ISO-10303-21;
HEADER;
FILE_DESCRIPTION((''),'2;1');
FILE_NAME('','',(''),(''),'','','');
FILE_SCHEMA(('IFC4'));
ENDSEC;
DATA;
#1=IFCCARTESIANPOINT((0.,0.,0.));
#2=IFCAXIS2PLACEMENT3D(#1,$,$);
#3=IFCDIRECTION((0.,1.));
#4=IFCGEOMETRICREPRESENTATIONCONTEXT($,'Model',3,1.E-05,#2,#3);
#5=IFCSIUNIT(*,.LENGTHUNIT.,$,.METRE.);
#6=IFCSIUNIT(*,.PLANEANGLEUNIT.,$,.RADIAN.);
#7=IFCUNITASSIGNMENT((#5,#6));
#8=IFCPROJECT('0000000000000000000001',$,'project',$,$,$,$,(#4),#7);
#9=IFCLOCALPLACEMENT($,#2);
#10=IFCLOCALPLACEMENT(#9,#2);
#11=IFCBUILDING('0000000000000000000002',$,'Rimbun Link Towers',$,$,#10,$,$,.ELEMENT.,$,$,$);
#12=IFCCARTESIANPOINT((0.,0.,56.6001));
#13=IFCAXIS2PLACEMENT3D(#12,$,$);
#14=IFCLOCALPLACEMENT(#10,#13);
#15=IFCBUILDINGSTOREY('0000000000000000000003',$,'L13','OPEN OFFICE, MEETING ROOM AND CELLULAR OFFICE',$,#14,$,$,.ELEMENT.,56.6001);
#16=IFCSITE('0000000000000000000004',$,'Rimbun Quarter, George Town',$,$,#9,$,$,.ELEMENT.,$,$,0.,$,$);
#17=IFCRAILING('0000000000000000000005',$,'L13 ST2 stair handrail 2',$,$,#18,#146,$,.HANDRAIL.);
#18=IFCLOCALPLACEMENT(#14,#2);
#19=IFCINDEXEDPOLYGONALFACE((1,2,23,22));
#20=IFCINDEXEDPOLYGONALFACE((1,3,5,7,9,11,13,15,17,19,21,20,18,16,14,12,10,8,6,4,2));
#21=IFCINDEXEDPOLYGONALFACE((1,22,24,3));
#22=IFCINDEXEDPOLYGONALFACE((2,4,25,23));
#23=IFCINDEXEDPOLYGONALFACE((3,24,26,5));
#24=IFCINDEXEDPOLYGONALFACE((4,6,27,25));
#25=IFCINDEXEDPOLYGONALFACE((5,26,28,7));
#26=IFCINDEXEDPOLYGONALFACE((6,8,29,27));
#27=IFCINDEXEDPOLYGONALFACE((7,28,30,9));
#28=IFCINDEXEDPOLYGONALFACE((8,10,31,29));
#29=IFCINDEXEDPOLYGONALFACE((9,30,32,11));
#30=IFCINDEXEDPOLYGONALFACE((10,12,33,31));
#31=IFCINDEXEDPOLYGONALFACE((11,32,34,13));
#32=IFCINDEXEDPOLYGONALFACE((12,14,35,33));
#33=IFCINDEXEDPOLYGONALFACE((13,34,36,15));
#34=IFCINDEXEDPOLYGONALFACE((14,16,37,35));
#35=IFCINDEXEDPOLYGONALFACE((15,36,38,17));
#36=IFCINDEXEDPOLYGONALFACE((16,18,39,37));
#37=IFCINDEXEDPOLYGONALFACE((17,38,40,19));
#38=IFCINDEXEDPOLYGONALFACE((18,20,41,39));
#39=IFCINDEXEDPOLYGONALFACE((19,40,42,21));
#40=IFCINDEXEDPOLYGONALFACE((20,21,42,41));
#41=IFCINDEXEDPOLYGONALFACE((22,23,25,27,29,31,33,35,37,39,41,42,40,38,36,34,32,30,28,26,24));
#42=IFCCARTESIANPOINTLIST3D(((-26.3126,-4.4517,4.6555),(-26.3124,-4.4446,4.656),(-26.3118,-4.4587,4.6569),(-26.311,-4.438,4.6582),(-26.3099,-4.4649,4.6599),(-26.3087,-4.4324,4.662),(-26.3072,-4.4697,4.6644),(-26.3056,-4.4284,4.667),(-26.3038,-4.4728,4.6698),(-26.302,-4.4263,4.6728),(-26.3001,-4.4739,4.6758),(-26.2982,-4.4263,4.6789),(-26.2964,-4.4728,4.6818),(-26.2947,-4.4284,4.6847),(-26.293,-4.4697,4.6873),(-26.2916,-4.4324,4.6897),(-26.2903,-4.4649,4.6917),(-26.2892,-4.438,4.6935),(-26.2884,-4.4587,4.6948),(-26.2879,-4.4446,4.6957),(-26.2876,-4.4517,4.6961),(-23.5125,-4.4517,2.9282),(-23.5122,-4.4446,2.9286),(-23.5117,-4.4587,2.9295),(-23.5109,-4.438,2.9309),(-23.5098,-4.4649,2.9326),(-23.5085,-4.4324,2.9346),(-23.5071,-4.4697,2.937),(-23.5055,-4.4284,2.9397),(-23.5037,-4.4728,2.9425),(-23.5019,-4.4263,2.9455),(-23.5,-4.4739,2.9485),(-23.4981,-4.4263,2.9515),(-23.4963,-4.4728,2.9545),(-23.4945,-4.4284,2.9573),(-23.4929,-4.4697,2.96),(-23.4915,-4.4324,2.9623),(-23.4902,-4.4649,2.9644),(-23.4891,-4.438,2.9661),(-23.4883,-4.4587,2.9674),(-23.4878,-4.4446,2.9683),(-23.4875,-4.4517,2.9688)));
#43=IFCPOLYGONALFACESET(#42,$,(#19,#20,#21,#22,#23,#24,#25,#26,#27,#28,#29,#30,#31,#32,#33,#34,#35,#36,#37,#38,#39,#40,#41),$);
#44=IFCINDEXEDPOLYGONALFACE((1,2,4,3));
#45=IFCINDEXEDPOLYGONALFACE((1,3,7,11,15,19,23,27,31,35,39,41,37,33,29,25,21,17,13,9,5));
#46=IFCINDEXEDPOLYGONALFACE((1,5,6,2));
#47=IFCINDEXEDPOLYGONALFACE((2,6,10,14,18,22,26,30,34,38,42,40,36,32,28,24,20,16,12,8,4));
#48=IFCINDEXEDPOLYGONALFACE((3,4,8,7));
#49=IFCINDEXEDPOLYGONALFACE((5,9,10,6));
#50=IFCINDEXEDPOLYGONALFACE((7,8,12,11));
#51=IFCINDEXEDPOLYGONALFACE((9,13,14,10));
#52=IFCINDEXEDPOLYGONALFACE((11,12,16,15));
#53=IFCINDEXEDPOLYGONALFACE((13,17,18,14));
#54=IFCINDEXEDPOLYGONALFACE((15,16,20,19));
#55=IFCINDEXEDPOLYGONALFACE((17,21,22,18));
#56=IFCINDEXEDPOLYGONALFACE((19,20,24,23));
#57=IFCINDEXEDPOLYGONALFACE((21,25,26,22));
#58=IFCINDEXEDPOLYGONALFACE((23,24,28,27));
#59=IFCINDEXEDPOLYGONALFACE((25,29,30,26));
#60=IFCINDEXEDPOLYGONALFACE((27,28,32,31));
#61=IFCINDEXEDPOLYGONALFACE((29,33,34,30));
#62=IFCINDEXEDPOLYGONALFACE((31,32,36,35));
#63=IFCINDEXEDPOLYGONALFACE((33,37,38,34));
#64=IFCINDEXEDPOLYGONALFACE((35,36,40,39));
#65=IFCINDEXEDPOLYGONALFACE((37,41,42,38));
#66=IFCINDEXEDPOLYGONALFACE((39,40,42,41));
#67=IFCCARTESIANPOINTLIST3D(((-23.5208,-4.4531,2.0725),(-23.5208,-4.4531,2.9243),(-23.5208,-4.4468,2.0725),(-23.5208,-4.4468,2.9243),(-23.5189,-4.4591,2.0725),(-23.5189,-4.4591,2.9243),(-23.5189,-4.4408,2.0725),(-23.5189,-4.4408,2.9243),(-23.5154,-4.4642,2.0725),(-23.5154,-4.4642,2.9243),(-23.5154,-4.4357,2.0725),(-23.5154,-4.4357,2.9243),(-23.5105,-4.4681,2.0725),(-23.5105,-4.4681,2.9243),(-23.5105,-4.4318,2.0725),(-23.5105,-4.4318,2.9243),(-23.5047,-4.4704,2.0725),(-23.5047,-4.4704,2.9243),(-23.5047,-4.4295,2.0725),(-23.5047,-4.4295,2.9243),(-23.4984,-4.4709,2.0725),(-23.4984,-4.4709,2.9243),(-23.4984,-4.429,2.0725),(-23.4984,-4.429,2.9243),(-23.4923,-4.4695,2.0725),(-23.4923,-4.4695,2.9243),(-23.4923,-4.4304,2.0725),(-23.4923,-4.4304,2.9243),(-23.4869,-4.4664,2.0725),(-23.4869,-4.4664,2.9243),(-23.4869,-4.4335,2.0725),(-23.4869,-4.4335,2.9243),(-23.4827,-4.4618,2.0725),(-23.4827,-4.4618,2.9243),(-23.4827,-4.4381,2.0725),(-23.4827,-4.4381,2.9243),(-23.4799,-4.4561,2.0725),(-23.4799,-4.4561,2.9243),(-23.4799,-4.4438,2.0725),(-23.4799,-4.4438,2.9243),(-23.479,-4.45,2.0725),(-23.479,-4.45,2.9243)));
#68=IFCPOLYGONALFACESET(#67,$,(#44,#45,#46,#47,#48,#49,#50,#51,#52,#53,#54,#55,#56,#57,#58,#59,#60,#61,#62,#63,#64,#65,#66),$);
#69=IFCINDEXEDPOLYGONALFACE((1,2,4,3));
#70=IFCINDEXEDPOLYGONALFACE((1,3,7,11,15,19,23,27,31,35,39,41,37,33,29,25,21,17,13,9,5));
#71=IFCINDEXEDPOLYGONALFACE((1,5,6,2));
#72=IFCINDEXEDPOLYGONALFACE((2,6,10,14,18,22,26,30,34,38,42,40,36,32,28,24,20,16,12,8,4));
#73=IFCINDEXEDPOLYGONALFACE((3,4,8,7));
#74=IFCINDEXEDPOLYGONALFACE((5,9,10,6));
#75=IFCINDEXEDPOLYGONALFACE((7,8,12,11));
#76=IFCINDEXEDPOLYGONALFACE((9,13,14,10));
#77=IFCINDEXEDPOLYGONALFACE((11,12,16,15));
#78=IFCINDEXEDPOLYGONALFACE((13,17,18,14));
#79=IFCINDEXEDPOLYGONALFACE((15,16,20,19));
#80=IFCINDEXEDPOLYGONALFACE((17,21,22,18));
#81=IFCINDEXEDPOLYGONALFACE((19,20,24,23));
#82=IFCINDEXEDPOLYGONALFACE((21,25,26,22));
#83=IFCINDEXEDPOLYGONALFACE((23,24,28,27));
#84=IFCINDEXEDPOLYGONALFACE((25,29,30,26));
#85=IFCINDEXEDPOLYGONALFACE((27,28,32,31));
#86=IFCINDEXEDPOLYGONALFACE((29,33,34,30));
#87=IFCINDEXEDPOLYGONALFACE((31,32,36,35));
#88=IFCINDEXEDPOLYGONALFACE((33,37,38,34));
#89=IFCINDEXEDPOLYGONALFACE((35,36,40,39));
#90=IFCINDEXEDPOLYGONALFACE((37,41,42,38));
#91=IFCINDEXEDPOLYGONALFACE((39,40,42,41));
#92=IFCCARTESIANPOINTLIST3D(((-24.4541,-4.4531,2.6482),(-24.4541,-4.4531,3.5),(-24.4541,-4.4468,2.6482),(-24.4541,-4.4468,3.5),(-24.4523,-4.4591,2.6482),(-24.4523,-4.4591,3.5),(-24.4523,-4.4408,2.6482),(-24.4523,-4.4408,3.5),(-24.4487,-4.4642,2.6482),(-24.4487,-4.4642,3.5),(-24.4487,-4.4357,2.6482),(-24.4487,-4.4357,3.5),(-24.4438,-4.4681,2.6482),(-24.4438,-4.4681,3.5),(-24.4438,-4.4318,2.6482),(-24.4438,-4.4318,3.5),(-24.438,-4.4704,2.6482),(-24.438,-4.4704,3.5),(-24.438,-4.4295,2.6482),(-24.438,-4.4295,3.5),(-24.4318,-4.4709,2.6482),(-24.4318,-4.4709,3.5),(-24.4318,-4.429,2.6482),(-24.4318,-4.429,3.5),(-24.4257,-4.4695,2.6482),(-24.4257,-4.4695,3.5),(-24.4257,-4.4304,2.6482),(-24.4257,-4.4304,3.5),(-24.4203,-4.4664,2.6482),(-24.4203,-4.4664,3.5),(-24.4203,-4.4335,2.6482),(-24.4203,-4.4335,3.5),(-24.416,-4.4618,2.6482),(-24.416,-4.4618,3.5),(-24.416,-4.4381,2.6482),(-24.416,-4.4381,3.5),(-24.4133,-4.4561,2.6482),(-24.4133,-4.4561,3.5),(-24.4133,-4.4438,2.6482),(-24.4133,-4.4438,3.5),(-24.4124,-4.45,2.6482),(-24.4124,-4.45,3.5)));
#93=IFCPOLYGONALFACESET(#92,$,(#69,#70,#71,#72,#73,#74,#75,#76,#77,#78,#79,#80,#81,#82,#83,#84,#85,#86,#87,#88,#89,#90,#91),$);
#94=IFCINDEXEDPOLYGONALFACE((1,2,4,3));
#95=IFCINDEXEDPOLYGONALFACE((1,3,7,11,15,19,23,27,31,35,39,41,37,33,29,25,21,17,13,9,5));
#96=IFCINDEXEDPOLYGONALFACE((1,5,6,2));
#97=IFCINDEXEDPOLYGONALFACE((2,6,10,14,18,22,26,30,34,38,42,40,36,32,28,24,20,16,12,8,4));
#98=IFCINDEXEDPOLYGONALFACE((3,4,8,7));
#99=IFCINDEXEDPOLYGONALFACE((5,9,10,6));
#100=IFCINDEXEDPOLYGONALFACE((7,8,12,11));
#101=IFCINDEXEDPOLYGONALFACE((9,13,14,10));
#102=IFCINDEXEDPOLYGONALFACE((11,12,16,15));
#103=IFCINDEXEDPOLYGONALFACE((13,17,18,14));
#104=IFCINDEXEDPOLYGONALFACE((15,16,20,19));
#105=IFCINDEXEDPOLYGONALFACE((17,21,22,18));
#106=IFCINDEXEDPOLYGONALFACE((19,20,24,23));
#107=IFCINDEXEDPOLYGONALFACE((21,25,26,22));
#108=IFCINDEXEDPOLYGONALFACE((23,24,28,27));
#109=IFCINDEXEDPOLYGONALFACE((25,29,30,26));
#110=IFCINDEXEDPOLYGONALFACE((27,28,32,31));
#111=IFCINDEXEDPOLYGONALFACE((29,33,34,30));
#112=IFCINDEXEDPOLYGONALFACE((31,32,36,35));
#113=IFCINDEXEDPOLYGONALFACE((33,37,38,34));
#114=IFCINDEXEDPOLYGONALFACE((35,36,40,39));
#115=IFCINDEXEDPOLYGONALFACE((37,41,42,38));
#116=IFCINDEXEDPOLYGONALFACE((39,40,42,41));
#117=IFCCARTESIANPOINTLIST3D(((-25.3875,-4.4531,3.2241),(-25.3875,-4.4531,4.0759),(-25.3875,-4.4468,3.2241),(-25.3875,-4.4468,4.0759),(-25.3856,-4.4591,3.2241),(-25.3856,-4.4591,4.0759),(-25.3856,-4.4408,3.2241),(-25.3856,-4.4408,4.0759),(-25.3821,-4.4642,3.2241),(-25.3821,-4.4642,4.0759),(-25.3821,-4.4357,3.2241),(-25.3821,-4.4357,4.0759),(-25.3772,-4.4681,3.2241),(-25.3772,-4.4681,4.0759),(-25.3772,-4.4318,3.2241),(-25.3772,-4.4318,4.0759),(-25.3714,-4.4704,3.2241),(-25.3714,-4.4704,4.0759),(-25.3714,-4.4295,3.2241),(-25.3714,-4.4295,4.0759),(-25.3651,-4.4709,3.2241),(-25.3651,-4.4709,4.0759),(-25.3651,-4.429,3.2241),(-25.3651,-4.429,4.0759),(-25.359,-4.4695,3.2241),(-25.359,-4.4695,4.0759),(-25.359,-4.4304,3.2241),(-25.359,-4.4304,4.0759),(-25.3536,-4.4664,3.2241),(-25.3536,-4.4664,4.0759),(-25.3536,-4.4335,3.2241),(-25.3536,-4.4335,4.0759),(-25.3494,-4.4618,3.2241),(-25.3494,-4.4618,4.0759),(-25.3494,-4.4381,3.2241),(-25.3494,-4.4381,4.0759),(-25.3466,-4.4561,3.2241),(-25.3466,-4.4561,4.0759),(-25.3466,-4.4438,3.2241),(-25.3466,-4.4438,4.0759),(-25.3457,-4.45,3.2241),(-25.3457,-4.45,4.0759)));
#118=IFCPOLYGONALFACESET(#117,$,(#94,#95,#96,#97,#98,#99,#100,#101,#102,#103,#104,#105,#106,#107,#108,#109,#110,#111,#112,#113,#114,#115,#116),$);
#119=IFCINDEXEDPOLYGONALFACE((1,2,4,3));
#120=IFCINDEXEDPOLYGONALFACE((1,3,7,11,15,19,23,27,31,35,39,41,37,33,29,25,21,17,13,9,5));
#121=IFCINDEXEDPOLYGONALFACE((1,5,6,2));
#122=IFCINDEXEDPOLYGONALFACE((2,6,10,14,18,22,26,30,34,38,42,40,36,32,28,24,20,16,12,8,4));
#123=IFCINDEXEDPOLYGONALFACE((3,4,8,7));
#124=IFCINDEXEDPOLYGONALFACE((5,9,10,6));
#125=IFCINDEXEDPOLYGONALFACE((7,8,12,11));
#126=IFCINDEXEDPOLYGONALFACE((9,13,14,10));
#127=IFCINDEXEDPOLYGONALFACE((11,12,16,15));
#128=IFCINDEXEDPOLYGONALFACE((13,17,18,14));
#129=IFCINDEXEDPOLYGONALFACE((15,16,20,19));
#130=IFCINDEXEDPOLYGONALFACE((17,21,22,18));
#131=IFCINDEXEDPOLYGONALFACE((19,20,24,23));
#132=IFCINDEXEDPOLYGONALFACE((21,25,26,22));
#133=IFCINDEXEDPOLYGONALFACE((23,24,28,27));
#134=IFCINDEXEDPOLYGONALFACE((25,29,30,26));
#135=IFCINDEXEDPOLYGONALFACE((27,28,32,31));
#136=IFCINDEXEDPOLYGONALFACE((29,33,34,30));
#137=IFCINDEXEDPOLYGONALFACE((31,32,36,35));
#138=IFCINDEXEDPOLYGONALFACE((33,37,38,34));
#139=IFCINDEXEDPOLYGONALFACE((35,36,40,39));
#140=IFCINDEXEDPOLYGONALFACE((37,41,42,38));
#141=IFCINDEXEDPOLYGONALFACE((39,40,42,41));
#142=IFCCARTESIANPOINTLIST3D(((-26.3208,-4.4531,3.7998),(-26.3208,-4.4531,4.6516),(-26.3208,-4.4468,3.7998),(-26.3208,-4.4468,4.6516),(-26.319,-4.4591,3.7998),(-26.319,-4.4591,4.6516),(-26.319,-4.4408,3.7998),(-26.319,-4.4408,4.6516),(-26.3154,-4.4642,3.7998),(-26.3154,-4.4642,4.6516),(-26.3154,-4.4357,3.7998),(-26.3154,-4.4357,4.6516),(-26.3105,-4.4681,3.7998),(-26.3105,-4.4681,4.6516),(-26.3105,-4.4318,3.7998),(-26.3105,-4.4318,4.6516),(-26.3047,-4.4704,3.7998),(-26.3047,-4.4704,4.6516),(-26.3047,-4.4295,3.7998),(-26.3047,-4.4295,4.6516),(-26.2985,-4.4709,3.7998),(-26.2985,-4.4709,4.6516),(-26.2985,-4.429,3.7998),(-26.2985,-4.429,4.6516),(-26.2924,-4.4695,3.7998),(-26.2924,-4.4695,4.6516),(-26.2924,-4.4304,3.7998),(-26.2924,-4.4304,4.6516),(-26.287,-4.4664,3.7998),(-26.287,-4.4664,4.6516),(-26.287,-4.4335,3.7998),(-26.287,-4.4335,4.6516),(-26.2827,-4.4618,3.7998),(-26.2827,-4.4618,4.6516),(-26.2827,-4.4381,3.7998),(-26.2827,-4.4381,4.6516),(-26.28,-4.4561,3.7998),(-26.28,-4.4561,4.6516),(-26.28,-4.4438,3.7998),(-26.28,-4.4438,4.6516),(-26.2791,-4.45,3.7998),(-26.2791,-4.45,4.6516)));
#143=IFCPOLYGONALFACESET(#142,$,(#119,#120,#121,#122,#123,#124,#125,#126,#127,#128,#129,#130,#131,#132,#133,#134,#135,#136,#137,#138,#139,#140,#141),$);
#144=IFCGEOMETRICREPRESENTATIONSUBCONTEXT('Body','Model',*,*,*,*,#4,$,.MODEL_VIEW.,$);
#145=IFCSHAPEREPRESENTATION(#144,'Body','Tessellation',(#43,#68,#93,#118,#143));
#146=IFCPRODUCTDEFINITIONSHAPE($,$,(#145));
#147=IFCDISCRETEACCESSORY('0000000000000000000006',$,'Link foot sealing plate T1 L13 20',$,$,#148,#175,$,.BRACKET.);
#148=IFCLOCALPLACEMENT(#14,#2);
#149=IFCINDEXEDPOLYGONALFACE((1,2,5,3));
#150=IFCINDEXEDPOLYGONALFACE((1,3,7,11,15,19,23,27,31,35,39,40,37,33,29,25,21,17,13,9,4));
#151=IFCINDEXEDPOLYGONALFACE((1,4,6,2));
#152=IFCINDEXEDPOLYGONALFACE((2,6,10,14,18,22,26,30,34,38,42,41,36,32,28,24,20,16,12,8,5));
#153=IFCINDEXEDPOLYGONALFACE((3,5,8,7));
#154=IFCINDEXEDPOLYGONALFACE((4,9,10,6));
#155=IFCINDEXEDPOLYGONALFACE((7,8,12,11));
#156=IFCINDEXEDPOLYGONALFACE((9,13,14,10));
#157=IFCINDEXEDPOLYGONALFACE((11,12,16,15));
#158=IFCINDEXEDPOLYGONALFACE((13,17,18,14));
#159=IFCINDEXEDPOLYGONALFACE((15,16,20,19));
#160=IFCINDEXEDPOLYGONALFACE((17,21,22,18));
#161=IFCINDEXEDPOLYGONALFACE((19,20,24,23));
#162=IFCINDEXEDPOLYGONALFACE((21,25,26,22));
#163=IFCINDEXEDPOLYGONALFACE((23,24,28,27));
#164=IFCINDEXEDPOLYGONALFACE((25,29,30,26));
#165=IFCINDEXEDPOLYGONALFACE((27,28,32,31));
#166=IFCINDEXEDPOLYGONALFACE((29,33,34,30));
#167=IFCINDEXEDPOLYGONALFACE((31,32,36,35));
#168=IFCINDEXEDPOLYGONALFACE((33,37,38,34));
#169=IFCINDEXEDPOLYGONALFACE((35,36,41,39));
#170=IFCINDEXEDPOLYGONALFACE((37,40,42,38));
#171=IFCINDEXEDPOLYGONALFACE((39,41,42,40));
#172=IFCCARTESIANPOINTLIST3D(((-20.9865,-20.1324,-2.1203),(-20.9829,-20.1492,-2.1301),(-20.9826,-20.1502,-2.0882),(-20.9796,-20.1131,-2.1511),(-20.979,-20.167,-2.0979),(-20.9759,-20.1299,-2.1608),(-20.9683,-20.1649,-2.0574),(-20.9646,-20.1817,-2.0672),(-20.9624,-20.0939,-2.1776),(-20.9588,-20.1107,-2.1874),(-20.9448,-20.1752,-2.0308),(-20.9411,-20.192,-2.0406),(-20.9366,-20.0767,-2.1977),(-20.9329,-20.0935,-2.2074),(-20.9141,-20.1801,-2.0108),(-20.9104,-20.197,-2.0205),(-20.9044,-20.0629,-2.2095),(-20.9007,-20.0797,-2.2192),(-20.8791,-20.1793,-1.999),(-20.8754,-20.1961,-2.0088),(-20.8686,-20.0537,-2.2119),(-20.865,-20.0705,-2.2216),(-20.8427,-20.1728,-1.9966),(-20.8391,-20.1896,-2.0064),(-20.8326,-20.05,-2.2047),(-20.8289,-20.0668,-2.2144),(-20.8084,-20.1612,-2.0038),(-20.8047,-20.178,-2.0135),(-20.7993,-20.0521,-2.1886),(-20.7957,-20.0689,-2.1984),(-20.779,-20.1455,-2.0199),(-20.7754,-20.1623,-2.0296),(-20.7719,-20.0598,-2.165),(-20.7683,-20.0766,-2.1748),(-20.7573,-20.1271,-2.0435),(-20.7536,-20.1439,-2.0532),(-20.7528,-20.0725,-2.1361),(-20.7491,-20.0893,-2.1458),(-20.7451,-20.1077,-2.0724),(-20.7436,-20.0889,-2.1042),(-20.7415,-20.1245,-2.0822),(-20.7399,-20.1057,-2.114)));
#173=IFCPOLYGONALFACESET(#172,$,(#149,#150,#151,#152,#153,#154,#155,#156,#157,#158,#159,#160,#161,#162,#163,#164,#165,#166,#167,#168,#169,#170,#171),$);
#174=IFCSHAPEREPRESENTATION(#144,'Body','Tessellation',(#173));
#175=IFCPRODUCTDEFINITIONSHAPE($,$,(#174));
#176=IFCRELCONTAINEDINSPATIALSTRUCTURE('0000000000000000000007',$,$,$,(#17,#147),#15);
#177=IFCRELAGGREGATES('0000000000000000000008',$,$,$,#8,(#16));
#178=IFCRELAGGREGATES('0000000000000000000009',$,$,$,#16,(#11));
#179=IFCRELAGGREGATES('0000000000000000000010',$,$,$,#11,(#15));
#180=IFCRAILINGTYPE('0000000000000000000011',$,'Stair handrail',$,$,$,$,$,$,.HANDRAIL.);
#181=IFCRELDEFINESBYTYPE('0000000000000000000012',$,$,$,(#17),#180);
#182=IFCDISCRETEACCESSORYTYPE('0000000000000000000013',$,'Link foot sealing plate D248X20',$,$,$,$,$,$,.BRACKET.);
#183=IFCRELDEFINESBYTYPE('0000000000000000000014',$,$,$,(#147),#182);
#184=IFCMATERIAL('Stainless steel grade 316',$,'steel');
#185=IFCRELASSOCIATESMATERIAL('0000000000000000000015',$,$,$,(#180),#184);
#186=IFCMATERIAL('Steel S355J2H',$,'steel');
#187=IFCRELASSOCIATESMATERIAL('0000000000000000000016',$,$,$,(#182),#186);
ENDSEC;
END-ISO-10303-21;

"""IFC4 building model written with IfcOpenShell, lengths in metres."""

from ifc_helpers import new_model, si_unit, direction, frame, origin, origin_2d, place, context, subcontext, project, spatial, circle, extrude, material, material_profile, profile_set, type_object, element, save


model = new_model("IFC4")

# Units and contexts
model_context = context("Model", 3, precision=1e-05, world=origin(), true_north=direction((0.0, 1.0)))
body_context = subcontext(model_context, "Body", "Model", "MODEL_VIEW")
ifc_project = project(units=[si_unit("LENGTHUNIT", "METRE"), si_unit("PLANEANGLEUNIT", "RADIAN")], contexts=[model_context])

# Site, building, storey
site_placement = place(None, origin())
site = spatial("IfcSite", under=ifc_project, at=site_placement, Name="Rimbun Quarter, George Town", CompositionType="ELEMENT", RefElevation=0.0)
building_placement = place(site_placement, origin())
building = spatial("IfcBuilding", under=site, at=building_placement, Name="Rimbun Link Towers", CompositionType="ELEMENT")
storey_placement = place(building_placement, frame((0.0, 0.0, 56.6001)))
storey = spatial("IfcBuildingStorey", under=building, at=storey_placement, Name="L13", Description="OPEN OFFICE, MEETING ROOM AND CELLULAR OFFICE", CompositionType="ELEMENT", Elevation=56.6001)

# Railing
ifc_material_1 = material(Name="Stainless steel grade 316", Category="steel")
railing_type_1 = type_object("IfcRailingType", Name="Stair handrail", PredefinedType="HANDRAIL", material=ifc_material_1)
railing_1_placement = place(storey_placement, frame((-23.5, -4.45, 2.0725)))
element("IfcRailing", 1, at=railing_1_placement, inside=storey, type_object=railing_type_1, Name="L13 ST2 stair handrail 2", PredefinedType="HANDRAIL", context=body_context, shape_type="SweptSolid", body=[
    extrude(circle(Radius=0.0239, at=origin_2d()), frame((0.0, 0.0, 0.876), z_axis=(-0.85109, 0.0, 0.52502), x_axis=(0.0, -1.0, 0.0)), (0.0, 0.0, 1.0), 3.29),
    extrude(circle(Radius=0.021, at=origin_2d()), origin(), (0.0, 0.0, 1.0), 0.8518),
    extrude(circle(Radius=0.021, at=origin_2d()), frame((-0.9333, 0.0, 0.5757)), (0.0, 0.0, 1.0), 0.8518),
    extrude(circle(Radius=0.021, at=origin_2d()), frame((-1.8667, 0.0, 1.1516)), (0.0, 0.0, 1.0), 0.8518),
    extrude(circle(Radius=0.021, at=origin_2d()), frame((-2.8, 0.0, 1.7273)), (0.0, 0.0, 1.0), 0.8518),
])

# Discrete accessory
ifc_material_2 = material(Name="Steel S355J2H", Category="steel")
ifc_material_profile_1 = material_profile(ifc_material_2, circle(Radius=0.124, at=origin_2d()), Name="PL D248")
ifc_profile_set_1 = profile_set([ifc_material_profile_1], Name="Steel S355J2H")
discrete_accessory_type = type_object("IfcDiscreteAccessoryType", Name="Link foot sealing plate D248X20", PredefinedType="BRACKET", material=ifc_profile_set_1)
discrete_accessory_placement = place(storey_placement, frame((-20.8647, -20.1152, -2.1042), z_axis=(0.184833, -0.850234, -0.492889), x_axis=(0.977176, 0.21243, 0.0)))
element("IfcDiscreteAccessory", 2, at=discrete_accessory_placement, inside=storey, type_object=discrete_accessory_type, Name="Link foot sealing plate T1 L13 20", PredefinedType="BRACKET", context=body_context, shape_type="SweptSolid", body=[
    extrude(circle(Radius=0.124, at=origin_2d()), origin(), (0.0, 0.0, 1.0), 0.0198),
])

save(model, "model.ifc")
